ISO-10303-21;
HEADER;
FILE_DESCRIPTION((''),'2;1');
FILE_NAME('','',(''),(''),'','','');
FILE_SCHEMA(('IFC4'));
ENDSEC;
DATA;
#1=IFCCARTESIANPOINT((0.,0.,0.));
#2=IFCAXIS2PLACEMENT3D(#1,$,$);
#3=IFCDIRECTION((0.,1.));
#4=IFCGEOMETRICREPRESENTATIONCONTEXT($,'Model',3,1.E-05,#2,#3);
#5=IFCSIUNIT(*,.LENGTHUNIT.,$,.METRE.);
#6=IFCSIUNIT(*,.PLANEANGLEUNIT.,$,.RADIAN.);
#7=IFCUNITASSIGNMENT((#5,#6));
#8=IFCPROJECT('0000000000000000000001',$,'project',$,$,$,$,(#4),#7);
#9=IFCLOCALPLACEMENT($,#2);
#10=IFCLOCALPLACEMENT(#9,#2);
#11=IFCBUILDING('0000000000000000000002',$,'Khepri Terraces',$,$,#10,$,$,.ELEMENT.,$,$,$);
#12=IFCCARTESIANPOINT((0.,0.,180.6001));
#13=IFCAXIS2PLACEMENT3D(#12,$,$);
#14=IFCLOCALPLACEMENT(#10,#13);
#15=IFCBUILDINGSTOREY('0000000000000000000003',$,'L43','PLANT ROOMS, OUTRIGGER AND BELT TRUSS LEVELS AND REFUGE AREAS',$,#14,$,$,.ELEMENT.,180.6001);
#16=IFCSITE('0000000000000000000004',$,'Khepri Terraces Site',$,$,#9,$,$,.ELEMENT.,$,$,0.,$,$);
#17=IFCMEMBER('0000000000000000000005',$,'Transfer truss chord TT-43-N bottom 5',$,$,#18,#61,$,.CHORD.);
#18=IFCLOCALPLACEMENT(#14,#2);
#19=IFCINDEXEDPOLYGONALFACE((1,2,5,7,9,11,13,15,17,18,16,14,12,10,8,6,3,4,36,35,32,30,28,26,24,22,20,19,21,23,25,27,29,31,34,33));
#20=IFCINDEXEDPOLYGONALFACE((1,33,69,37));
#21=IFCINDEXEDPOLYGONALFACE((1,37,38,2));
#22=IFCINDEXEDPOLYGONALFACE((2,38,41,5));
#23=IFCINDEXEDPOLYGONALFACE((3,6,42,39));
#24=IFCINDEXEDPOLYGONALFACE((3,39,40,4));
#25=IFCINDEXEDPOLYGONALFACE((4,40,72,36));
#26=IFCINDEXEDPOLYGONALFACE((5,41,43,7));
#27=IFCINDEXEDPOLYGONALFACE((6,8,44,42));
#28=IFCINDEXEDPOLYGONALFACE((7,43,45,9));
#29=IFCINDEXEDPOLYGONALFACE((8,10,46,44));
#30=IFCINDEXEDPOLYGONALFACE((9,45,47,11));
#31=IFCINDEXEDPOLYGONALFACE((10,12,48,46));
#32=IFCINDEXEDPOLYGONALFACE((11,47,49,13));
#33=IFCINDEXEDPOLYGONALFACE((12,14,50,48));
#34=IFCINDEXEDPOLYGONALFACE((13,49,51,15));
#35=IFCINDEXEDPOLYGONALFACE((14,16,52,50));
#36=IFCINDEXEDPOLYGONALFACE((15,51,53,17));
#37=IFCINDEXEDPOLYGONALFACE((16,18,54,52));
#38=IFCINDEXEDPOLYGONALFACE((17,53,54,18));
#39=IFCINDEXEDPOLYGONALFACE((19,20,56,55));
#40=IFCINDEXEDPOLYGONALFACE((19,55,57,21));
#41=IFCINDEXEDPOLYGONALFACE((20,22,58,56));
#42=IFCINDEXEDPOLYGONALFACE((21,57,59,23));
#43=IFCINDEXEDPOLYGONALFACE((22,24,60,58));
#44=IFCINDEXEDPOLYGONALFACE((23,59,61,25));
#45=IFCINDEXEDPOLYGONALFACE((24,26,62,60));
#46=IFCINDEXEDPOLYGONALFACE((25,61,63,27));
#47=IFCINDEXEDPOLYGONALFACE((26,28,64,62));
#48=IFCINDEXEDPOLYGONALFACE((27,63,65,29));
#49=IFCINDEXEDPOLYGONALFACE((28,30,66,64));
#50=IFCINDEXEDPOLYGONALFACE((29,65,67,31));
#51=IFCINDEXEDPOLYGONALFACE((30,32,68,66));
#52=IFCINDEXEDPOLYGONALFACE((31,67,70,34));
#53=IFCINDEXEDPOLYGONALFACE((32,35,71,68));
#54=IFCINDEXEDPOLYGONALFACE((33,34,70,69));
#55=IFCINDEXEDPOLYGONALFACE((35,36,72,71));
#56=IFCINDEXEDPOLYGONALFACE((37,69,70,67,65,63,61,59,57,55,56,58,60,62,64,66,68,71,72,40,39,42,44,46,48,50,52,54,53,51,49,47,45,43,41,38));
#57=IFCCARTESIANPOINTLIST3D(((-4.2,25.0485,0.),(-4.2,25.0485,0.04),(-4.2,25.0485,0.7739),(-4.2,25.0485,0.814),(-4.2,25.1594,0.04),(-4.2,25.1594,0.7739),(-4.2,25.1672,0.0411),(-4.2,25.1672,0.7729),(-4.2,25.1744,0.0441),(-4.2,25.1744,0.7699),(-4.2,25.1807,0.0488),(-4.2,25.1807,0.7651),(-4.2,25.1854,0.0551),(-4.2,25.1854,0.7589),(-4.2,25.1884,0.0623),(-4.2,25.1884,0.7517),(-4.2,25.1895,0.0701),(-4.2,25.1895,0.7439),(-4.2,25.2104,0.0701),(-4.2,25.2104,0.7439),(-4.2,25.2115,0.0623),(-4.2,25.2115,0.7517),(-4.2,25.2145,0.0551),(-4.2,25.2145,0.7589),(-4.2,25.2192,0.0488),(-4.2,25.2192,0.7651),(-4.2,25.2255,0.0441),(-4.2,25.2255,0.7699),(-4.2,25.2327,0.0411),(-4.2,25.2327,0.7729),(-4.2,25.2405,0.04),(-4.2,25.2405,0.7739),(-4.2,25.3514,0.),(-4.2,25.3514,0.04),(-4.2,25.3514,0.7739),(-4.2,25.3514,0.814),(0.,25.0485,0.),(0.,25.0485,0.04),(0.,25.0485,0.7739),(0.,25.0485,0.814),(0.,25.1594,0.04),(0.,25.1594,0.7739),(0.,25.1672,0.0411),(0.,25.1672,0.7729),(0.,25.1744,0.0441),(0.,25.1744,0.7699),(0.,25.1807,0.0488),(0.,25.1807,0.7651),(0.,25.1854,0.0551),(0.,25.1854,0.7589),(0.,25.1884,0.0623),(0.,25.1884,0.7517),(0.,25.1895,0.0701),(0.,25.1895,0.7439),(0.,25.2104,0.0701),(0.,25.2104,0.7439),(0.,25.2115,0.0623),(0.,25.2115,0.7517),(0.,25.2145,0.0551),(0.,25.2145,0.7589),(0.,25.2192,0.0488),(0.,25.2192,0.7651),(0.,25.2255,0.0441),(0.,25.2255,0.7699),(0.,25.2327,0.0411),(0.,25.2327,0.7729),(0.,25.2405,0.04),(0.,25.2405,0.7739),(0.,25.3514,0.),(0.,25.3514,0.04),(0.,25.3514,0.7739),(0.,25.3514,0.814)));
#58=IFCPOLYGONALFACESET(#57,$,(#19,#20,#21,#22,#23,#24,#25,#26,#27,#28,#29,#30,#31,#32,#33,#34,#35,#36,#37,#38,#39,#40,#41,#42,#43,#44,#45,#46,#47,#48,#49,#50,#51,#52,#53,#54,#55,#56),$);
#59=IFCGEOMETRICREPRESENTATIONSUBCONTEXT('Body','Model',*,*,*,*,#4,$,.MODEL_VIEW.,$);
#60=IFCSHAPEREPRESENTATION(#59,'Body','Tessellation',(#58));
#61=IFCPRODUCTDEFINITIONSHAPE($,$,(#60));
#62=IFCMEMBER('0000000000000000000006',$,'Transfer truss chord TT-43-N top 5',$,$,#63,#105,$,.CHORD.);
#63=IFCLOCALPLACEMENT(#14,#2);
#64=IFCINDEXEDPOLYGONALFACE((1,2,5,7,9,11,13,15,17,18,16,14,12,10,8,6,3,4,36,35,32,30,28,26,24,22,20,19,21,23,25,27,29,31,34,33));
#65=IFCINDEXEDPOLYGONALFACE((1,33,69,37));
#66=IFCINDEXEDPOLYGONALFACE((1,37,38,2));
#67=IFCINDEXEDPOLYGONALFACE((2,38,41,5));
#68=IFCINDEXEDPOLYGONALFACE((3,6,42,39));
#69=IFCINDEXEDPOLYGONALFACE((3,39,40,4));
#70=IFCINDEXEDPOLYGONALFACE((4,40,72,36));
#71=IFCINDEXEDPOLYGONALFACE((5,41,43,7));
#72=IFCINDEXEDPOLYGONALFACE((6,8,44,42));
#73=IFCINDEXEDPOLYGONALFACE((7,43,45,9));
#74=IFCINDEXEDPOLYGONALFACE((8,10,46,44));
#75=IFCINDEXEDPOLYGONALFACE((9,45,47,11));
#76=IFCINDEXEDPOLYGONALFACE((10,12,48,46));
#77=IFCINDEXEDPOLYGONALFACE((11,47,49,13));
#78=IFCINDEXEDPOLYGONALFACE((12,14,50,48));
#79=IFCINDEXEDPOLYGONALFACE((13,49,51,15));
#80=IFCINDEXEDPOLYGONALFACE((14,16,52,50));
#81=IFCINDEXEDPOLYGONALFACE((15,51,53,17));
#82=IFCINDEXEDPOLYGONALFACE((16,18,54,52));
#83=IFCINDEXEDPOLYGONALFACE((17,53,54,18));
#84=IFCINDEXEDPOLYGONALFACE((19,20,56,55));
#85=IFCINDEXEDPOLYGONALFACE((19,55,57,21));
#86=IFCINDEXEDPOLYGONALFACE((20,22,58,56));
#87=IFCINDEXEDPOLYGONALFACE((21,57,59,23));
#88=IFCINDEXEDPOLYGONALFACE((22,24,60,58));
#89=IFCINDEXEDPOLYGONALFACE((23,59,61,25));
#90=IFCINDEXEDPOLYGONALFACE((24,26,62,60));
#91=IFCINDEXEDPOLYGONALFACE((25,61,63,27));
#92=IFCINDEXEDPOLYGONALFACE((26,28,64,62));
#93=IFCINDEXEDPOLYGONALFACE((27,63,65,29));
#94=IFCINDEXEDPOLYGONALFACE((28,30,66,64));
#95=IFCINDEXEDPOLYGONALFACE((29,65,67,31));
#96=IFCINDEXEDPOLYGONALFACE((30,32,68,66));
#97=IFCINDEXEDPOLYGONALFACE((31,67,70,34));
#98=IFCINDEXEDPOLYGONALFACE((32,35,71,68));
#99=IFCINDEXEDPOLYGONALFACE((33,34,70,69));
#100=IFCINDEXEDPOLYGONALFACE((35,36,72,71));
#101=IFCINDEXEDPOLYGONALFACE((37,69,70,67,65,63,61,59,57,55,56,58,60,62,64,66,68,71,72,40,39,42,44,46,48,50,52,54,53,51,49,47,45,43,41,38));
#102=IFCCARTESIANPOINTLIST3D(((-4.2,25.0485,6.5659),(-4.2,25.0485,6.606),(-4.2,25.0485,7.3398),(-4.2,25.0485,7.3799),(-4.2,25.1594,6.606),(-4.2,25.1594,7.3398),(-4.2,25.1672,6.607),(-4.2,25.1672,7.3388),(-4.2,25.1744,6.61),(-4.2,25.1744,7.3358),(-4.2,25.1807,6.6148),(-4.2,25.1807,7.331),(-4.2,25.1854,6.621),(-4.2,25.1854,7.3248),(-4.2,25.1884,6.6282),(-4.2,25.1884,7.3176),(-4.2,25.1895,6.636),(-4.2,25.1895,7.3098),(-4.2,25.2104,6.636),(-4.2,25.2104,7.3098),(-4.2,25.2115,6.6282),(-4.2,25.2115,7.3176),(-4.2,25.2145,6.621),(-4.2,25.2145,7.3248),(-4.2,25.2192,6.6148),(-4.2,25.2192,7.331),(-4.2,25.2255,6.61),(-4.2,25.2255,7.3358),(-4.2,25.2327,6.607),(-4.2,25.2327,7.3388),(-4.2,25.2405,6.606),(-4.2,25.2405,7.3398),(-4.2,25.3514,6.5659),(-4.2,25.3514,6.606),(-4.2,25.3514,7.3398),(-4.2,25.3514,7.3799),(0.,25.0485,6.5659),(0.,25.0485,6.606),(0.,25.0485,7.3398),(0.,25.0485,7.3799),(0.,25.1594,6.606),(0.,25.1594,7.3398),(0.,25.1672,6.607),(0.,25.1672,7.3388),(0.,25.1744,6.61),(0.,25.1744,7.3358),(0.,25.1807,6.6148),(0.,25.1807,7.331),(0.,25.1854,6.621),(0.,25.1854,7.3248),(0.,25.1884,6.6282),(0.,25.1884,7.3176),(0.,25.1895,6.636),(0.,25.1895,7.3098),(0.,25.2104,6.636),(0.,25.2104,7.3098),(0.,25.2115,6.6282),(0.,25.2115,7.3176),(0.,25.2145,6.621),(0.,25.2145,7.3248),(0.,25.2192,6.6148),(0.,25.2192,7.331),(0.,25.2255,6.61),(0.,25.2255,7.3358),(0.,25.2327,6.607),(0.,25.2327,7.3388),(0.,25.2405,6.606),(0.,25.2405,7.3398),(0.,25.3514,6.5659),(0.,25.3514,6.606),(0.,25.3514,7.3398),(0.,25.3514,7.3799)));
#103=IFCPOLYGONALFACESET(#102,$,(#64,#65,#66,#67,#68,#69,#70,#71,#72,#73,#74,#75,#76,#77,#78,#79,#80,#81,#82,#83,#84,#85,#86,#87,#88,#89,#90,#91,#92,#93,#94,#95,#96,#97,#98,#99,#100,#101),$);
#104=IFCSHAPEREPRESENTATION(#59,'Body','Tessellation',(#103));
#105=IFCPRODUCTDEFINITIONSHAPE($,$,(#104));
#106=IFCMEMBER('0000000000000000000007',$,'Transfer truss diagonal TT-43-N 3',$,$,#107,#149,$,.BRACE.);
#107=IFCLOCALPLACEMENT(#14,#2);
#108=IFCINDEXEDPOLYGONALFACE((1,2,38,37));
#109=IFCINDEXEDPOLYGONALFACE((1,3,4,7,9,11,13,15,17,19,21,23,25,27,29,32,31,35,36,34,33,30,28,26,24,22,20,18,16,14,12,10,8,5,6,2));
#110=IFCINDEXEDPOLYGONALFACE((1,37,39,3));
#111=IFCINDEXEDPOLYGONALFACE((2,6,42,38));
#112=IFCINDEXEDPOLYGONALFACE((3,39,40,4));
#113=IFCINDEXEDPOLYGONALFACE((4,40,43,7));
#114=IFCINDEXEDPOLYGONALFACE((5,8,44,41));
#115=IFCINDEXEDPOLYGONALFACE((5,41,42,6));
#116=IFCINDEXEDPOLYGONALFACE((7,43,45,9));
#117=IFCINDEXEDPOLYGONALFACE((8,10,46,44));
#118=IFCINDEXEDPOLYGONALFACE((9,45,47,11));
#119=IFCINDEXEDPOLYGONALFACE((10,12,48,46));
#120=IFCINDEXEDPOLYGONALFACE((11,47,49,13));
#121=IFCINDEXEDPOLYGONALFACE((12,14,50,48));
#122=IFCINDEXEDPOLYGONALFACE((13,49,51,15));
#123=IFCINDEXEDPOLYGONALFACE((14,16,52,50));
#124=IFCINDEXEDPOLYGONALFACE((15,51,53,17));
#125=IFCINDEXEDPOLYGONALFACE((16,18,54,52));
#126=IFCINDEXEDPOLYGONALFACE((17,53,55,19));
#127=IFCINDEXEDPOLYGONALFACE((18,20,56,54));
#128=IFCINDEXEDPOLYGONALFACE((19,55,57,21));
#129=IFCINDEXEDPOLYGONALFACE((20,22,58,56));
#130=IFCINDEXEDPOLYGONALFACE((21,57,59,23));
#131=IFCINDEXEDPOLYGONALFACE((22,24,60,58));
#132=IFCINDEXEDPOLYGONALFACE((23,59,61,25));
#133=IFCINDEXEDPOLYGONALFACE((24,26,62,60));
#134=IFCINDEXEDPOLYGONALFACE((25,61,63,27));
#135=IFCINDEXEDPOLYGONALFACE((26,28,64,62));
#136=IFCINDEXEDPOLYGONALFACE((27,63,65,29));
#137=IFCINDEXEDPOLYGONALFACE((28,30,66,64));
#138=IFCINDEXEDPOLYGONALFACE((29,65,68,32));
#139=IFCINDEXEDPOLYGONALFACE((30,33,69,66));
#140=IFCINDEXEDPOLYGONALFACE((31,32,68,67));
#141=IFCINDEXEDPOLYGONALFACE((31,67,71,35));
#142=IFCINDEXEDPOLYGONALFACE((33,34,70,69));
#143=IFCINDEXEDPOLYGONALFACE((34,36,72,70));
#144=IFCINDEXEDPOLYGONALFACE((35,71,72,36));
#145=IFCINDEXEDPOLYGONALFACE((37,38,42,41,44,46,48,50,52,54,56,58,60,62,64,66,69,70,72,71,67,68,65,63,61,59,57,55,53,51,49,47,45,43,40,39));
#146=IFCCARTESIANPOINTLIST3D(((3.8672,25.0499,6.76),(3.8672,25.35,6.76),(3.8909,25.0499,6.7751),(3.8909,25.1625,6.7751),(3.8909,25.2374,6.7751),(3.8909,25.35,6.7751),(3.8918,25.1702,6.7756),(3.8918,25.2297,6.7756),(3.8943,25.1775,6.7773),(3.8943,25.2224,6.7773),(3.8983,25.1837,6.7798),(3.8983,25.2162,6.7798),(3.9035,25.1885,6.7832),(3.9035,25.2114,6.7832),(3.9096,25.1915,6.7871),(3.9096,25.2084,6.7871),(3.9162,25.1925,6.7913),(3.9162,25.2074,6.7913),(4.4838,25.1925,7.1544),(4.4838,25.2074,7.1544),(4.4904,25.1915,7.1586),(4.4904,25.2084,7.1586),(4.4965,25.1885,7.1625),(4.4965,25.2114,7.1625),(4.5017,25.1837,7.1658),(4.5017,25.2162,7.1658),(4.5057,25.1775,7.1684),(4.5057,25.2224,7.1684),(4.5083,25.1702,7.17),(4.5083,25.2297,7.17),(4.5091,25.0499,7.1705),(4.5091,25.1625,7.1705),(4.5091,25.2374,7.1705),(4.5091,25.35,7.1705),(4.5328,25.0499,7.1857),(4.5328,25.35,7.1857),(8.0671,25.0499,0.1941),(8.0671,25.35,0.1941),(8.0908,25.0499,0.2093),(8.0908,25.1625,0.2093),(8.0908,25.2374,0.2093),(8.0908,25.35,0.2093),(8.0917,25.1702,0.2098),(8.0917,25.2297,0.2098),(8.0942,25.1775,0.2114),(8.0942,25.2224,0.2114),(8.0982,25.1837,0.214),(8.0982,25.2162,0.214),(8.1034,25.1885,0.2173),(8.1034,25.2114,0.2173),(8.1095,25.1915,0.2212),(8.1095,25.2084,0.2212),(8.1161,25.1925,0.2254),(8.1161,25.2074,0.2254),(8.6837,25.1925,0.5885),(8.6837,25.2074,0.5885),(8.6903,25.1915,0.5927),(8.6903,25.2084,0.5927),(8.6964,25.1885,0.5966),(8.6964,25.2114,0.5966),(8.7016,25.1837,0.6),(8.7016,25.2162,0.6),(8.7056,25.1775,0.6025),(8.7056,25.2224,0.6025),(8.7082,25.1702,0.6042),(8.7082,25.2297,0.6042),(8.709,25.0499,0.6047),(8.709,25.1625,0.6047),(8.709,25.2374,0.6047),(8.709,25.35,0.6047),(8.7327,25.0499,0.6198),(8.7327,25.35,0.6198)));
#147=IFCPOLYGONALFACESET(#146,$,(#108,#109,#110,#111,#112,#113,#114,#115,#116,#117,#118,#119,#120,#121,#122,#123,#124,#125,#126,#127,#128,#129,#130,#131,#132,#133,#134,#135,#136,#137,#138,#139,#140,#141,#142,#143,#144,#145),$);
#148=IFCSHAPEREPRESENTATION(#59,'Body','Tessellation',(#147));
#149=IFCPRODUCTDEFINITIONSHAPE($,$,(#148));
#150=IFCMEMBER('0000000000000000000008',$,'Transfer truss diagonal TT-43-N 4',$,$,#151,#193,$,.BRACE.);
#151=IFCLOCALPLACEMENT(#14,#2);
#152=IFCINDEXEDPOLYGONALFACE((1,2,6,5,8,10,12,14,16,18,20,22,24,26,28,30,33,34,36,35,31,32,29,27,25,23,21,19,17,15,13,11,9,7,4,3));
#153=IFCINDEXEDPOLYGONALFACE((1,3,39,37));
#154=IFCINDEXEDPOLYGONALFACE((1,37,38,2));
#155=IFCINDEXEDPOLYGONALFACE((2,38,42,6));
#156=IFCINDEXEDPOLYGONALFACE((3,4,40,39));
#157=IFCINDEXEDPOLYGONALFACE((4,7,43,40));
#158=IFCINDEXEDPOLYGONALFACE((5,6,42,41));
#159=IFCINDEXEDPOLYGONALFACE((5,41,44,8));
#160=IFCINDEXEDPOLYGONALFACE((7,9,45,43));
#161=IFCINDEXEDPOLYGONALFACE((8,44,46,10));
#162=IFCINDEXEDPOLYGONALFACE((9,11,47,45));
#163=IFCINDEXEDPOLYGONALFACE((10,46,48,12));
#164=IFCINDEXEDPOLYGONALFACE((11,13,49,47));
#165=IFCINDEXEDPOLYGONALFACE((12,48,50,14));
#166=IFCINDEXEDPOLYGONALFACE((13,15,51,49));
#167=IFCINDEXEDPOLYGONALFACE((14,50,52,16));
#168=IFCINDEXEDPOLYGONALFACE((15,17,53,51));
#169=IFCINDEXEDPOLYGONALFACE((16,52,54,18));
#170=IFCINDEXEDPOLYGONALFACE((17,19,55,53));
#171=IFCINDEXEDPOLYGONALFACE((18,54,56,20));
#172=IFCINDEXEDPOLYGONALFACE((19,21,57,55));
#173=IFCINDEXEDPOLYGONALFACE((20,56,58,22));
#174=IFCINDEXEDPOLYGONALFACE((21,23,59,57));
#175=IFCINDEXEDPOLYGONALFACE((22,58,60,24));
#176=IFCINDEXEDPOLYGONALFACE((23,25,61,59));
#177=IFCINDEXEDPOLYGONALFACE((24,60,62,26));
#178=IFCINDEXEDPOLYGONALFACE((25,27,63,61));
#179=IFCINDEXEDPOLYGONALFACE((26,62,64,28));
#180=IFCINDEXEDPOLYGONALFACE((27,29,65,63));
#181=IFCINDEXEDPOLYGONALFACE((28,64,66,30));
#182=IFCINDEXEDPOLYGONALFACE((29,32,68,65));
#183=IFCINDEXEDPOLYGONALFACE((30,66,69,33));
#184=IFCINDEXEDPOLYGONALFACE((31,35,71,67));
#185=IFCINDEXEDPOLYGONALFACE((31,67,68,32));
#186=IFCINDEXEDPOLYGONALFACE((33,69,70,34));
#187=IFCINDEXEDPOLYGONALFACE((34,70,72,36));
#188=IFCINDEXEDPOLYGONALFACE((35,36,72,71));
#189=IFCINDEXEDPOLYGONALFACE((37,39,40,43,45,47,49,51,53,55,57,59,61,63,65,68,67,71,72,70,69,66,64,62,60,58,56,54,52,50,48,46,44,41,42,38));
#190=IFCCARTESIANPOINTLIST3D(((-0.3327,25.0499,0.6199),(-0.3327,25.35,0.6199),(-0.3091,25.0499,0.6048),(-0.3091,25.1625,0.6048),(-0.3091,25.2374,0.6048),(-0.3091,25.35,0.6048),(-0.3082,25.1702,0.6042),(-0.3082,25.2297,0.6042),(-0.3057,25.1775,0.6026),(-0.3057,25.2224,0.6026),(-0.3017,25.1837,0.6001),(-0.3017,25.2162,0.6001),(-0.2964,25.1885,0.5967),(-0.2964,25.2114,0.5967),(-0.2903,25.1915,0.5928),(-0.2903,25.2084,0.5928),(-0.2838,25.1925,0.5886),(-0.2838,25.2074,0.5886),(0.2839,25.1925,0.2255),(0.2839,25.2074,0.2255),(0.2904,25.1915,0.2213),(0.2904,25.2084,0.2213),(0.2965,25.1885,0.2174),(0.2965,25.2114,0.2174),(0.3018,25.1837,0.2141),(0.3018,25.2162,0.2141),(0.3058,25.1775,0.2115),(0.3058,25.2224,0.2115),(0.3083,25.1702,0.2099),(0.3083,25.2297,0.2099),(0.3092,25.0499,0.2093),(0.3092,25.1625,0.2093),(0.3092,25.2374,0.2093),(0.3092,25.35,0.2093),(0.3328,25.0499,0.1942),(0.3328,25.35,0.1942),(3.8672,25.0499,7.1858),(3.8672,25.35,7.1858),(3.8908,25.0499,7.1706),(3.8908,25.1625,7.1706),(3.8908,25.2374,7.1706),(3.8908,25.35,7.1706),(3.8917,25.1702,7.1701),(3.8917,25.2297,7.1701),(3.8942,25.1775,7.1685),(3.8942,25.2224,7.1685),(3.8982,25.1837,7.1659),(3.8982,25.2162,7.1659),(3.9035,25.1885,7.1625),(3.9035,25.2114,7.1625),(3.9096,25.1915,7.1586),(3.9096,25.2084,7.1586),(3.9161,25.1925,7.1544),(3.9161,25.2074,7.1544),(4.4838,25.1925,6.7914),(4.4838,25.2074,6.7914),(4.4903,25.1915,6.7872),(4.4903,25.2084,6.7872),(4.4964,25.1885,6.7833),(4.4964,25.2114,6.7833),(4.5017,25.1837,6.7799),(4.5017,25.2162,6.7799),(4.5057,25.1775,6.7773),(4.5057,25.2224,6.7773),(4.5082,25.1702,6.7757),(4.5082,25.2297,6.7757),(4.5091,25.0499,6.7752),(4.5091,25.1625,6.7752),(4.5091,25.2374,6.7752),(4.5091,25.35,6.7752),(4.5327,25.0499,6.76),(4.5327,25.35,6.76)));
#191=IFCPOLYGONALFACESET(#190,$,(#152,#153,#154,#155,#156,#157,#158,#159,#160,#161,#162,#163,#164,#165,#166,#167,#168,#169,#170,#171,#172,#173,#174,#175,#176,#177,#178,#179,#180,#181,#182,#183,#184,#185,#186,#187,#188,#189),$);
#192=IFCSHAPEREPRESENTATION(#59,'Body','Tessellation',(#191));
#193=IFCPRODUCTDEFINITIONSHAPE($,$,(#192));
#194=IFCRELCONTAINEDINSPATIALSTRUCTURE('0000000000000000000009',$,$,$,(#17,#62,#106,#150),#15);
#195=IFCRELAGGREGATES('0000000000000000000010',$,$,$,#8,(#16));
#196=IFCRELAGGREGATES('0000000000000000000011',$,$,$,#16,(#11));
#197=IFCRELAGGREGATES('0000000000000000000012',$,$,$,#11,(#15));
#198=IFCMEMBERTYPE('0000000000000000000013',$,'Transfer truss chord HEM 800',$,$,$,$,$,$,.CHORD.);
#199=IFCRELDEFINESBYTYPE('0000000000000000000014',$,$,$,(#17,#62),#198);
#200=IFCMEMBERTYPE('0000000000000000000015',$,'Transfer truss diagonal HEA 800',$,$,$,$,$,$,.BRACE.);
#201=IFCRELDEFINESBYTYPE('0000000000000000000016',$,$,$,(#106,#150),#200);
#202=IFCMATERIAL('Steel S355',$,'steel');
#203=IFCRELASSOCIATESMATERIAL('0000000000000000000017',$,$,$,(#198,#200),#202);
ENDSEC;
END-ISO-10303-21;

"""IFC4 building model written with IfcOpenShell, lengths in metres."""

from ifc_helpers import new_model, si_unit, direction, frame, origin, origin_2d, place, context, subcontext, project, spatial, i_section, extrude, material, material_profile, profile_set, type_object, element, save


model = new_model("IFC4")

# Units and contexts
model_context = context("Model", 3, precision=1e-05, world=origin(), true_north=direction((0.0, 1.0)))
body_context = subcontext(model_context, "Body", "Model", "MODEL_VIEW")
ifc_project = project(units=[si_unit("LENGTHUNIT", "METRE"), si_unit("PLANEANGLEUNIT", "RADIAN")], contexts=[model_context])

# Site, building, storey
site_placement = place(None, origin())
site = spatial("IfcSite", under=ifc_project, at=site_placement, Name="Khepri Terraces Site", CompositionType="ELEMENT", RefElevation=0.0)
building_placement = place(site_placement, origin())
building = spatial("IfcBuilding", under=site, at=building_placement, Name="Khepri Terraces", CompositionType="ELEMENT")
storey_placement = place(building_placement, frame((0.0, 0.0, 180.6001)))
storey = spatial("IfcBuildingStorey", under=building, at=storey_placement, Name="L43", Description="PLANT ROOMS, OUTRIGGER AND BELT TRUSS LEVELS AND REFUGE AREAS", CompositionType="ELEMENT", Elevation=180.6001)

# Members
ifc_material_1 = material(Name="Steel S355", Category="steel")
ifc_material_profile_1 = material_profile(ifc_material_1, i_section(OverallWidth=0.303, OverallDepth=0.814, WebThickness=0.021, FlangeThickness=0.04, FilletRadius=0.03, at=origin_2d()), Name="Steel S355", Category="steel")
ifc_profile_set_1 = profile_set([ifc_material_profile_1], Name="Steel S355")
member_type_1 = type_object("IfcMemberType", Name="Transfer truss chord HEM 800", PredefinedType="CHORD", material=ifc_profile_set_1)
for number, where, z_axis, x_axis, name in (
    (1, (0.0, 25.2, 0.407), (-1.0, 0.0, 0.0), (0.0, -1.0, 0.0), "Transfer truss chord TT-43-N bottom 5"),
    (2, (0.0, 25.2, 6.9729), (-1.0, 0.0, 0.0), (0.0, -1.0, 0.0), "Transfer truss chord TT-43-N top 5"),
):
    element("IfcMember", number, at=place(storey_placement, frame(where, z_axis=z_axis, x_axis=x_axis)), inside=storey, type_object=member_type_1, Name=name, PredefinedType="CHORD", context=body_context, shape_type="SweptSolid", body=[
        extrude(i_section(OverallWidth=0.303, OverallDepth=0.814, WebThickness=0.021, FlangeThickness=0.04, FilletRadius=0.03, at=origin_2d()), origin(), (0.0, 0.0, 1.0), 4.2),
    ])
ifc_material_profile_2 = material_profile(ifc_material_1, i_section(OverallWidth=0.3, OverallDepth=0.79, WebThickness=0.0149, FlangeThickness=0.0281, FilletRadius=0.03, at=origin_2d()), Name="Steel S355", Category="steel")
ifc_profile_set_2 = profile_set([ifc_material_profile_2], Name="Steel S355")
member_type_2 = type_object("IfcMemberType", Name="Transfer truss diagonal HEA 800", PredefinedType="BRACE", material=ifc_profile_set_2)
for number, where, z_axis, x_axis, name in (
    (3, (8.3999, 25.2, 0.407), (-0.53885, 0.0, 0.842402), (0.0, -1.0, 0.0), "Transfer truss diagonal TT-43-N 3"),
    (4, (4.2, 25.2, 6.9729), (-0.53885, 0.0, -0.842402), (0.0, -1.0, 0.0), "Transfer truss diagonal TT-43-N 4"),
):
    element("IfcMember", number, at=place(storey_placement, frame(where, z_axis=z_axis, x_axis=x_axis)), inside=storey, type_object=member_type_2, Name=name, PredefinedType="BRACE", context=body_context, shape_type="SweptSolid", body=[
        extrude(i_section(OverallWidth=0.3, OverallDepth=0.79, WebThickness=0.0149, FlangeThickness=0.0281, FilletRadius=0.03, at=origin_2d()), origin(), (0.0, 0.0, 1.0), 7.7942),
    ])

save(model, "model.ifc")
